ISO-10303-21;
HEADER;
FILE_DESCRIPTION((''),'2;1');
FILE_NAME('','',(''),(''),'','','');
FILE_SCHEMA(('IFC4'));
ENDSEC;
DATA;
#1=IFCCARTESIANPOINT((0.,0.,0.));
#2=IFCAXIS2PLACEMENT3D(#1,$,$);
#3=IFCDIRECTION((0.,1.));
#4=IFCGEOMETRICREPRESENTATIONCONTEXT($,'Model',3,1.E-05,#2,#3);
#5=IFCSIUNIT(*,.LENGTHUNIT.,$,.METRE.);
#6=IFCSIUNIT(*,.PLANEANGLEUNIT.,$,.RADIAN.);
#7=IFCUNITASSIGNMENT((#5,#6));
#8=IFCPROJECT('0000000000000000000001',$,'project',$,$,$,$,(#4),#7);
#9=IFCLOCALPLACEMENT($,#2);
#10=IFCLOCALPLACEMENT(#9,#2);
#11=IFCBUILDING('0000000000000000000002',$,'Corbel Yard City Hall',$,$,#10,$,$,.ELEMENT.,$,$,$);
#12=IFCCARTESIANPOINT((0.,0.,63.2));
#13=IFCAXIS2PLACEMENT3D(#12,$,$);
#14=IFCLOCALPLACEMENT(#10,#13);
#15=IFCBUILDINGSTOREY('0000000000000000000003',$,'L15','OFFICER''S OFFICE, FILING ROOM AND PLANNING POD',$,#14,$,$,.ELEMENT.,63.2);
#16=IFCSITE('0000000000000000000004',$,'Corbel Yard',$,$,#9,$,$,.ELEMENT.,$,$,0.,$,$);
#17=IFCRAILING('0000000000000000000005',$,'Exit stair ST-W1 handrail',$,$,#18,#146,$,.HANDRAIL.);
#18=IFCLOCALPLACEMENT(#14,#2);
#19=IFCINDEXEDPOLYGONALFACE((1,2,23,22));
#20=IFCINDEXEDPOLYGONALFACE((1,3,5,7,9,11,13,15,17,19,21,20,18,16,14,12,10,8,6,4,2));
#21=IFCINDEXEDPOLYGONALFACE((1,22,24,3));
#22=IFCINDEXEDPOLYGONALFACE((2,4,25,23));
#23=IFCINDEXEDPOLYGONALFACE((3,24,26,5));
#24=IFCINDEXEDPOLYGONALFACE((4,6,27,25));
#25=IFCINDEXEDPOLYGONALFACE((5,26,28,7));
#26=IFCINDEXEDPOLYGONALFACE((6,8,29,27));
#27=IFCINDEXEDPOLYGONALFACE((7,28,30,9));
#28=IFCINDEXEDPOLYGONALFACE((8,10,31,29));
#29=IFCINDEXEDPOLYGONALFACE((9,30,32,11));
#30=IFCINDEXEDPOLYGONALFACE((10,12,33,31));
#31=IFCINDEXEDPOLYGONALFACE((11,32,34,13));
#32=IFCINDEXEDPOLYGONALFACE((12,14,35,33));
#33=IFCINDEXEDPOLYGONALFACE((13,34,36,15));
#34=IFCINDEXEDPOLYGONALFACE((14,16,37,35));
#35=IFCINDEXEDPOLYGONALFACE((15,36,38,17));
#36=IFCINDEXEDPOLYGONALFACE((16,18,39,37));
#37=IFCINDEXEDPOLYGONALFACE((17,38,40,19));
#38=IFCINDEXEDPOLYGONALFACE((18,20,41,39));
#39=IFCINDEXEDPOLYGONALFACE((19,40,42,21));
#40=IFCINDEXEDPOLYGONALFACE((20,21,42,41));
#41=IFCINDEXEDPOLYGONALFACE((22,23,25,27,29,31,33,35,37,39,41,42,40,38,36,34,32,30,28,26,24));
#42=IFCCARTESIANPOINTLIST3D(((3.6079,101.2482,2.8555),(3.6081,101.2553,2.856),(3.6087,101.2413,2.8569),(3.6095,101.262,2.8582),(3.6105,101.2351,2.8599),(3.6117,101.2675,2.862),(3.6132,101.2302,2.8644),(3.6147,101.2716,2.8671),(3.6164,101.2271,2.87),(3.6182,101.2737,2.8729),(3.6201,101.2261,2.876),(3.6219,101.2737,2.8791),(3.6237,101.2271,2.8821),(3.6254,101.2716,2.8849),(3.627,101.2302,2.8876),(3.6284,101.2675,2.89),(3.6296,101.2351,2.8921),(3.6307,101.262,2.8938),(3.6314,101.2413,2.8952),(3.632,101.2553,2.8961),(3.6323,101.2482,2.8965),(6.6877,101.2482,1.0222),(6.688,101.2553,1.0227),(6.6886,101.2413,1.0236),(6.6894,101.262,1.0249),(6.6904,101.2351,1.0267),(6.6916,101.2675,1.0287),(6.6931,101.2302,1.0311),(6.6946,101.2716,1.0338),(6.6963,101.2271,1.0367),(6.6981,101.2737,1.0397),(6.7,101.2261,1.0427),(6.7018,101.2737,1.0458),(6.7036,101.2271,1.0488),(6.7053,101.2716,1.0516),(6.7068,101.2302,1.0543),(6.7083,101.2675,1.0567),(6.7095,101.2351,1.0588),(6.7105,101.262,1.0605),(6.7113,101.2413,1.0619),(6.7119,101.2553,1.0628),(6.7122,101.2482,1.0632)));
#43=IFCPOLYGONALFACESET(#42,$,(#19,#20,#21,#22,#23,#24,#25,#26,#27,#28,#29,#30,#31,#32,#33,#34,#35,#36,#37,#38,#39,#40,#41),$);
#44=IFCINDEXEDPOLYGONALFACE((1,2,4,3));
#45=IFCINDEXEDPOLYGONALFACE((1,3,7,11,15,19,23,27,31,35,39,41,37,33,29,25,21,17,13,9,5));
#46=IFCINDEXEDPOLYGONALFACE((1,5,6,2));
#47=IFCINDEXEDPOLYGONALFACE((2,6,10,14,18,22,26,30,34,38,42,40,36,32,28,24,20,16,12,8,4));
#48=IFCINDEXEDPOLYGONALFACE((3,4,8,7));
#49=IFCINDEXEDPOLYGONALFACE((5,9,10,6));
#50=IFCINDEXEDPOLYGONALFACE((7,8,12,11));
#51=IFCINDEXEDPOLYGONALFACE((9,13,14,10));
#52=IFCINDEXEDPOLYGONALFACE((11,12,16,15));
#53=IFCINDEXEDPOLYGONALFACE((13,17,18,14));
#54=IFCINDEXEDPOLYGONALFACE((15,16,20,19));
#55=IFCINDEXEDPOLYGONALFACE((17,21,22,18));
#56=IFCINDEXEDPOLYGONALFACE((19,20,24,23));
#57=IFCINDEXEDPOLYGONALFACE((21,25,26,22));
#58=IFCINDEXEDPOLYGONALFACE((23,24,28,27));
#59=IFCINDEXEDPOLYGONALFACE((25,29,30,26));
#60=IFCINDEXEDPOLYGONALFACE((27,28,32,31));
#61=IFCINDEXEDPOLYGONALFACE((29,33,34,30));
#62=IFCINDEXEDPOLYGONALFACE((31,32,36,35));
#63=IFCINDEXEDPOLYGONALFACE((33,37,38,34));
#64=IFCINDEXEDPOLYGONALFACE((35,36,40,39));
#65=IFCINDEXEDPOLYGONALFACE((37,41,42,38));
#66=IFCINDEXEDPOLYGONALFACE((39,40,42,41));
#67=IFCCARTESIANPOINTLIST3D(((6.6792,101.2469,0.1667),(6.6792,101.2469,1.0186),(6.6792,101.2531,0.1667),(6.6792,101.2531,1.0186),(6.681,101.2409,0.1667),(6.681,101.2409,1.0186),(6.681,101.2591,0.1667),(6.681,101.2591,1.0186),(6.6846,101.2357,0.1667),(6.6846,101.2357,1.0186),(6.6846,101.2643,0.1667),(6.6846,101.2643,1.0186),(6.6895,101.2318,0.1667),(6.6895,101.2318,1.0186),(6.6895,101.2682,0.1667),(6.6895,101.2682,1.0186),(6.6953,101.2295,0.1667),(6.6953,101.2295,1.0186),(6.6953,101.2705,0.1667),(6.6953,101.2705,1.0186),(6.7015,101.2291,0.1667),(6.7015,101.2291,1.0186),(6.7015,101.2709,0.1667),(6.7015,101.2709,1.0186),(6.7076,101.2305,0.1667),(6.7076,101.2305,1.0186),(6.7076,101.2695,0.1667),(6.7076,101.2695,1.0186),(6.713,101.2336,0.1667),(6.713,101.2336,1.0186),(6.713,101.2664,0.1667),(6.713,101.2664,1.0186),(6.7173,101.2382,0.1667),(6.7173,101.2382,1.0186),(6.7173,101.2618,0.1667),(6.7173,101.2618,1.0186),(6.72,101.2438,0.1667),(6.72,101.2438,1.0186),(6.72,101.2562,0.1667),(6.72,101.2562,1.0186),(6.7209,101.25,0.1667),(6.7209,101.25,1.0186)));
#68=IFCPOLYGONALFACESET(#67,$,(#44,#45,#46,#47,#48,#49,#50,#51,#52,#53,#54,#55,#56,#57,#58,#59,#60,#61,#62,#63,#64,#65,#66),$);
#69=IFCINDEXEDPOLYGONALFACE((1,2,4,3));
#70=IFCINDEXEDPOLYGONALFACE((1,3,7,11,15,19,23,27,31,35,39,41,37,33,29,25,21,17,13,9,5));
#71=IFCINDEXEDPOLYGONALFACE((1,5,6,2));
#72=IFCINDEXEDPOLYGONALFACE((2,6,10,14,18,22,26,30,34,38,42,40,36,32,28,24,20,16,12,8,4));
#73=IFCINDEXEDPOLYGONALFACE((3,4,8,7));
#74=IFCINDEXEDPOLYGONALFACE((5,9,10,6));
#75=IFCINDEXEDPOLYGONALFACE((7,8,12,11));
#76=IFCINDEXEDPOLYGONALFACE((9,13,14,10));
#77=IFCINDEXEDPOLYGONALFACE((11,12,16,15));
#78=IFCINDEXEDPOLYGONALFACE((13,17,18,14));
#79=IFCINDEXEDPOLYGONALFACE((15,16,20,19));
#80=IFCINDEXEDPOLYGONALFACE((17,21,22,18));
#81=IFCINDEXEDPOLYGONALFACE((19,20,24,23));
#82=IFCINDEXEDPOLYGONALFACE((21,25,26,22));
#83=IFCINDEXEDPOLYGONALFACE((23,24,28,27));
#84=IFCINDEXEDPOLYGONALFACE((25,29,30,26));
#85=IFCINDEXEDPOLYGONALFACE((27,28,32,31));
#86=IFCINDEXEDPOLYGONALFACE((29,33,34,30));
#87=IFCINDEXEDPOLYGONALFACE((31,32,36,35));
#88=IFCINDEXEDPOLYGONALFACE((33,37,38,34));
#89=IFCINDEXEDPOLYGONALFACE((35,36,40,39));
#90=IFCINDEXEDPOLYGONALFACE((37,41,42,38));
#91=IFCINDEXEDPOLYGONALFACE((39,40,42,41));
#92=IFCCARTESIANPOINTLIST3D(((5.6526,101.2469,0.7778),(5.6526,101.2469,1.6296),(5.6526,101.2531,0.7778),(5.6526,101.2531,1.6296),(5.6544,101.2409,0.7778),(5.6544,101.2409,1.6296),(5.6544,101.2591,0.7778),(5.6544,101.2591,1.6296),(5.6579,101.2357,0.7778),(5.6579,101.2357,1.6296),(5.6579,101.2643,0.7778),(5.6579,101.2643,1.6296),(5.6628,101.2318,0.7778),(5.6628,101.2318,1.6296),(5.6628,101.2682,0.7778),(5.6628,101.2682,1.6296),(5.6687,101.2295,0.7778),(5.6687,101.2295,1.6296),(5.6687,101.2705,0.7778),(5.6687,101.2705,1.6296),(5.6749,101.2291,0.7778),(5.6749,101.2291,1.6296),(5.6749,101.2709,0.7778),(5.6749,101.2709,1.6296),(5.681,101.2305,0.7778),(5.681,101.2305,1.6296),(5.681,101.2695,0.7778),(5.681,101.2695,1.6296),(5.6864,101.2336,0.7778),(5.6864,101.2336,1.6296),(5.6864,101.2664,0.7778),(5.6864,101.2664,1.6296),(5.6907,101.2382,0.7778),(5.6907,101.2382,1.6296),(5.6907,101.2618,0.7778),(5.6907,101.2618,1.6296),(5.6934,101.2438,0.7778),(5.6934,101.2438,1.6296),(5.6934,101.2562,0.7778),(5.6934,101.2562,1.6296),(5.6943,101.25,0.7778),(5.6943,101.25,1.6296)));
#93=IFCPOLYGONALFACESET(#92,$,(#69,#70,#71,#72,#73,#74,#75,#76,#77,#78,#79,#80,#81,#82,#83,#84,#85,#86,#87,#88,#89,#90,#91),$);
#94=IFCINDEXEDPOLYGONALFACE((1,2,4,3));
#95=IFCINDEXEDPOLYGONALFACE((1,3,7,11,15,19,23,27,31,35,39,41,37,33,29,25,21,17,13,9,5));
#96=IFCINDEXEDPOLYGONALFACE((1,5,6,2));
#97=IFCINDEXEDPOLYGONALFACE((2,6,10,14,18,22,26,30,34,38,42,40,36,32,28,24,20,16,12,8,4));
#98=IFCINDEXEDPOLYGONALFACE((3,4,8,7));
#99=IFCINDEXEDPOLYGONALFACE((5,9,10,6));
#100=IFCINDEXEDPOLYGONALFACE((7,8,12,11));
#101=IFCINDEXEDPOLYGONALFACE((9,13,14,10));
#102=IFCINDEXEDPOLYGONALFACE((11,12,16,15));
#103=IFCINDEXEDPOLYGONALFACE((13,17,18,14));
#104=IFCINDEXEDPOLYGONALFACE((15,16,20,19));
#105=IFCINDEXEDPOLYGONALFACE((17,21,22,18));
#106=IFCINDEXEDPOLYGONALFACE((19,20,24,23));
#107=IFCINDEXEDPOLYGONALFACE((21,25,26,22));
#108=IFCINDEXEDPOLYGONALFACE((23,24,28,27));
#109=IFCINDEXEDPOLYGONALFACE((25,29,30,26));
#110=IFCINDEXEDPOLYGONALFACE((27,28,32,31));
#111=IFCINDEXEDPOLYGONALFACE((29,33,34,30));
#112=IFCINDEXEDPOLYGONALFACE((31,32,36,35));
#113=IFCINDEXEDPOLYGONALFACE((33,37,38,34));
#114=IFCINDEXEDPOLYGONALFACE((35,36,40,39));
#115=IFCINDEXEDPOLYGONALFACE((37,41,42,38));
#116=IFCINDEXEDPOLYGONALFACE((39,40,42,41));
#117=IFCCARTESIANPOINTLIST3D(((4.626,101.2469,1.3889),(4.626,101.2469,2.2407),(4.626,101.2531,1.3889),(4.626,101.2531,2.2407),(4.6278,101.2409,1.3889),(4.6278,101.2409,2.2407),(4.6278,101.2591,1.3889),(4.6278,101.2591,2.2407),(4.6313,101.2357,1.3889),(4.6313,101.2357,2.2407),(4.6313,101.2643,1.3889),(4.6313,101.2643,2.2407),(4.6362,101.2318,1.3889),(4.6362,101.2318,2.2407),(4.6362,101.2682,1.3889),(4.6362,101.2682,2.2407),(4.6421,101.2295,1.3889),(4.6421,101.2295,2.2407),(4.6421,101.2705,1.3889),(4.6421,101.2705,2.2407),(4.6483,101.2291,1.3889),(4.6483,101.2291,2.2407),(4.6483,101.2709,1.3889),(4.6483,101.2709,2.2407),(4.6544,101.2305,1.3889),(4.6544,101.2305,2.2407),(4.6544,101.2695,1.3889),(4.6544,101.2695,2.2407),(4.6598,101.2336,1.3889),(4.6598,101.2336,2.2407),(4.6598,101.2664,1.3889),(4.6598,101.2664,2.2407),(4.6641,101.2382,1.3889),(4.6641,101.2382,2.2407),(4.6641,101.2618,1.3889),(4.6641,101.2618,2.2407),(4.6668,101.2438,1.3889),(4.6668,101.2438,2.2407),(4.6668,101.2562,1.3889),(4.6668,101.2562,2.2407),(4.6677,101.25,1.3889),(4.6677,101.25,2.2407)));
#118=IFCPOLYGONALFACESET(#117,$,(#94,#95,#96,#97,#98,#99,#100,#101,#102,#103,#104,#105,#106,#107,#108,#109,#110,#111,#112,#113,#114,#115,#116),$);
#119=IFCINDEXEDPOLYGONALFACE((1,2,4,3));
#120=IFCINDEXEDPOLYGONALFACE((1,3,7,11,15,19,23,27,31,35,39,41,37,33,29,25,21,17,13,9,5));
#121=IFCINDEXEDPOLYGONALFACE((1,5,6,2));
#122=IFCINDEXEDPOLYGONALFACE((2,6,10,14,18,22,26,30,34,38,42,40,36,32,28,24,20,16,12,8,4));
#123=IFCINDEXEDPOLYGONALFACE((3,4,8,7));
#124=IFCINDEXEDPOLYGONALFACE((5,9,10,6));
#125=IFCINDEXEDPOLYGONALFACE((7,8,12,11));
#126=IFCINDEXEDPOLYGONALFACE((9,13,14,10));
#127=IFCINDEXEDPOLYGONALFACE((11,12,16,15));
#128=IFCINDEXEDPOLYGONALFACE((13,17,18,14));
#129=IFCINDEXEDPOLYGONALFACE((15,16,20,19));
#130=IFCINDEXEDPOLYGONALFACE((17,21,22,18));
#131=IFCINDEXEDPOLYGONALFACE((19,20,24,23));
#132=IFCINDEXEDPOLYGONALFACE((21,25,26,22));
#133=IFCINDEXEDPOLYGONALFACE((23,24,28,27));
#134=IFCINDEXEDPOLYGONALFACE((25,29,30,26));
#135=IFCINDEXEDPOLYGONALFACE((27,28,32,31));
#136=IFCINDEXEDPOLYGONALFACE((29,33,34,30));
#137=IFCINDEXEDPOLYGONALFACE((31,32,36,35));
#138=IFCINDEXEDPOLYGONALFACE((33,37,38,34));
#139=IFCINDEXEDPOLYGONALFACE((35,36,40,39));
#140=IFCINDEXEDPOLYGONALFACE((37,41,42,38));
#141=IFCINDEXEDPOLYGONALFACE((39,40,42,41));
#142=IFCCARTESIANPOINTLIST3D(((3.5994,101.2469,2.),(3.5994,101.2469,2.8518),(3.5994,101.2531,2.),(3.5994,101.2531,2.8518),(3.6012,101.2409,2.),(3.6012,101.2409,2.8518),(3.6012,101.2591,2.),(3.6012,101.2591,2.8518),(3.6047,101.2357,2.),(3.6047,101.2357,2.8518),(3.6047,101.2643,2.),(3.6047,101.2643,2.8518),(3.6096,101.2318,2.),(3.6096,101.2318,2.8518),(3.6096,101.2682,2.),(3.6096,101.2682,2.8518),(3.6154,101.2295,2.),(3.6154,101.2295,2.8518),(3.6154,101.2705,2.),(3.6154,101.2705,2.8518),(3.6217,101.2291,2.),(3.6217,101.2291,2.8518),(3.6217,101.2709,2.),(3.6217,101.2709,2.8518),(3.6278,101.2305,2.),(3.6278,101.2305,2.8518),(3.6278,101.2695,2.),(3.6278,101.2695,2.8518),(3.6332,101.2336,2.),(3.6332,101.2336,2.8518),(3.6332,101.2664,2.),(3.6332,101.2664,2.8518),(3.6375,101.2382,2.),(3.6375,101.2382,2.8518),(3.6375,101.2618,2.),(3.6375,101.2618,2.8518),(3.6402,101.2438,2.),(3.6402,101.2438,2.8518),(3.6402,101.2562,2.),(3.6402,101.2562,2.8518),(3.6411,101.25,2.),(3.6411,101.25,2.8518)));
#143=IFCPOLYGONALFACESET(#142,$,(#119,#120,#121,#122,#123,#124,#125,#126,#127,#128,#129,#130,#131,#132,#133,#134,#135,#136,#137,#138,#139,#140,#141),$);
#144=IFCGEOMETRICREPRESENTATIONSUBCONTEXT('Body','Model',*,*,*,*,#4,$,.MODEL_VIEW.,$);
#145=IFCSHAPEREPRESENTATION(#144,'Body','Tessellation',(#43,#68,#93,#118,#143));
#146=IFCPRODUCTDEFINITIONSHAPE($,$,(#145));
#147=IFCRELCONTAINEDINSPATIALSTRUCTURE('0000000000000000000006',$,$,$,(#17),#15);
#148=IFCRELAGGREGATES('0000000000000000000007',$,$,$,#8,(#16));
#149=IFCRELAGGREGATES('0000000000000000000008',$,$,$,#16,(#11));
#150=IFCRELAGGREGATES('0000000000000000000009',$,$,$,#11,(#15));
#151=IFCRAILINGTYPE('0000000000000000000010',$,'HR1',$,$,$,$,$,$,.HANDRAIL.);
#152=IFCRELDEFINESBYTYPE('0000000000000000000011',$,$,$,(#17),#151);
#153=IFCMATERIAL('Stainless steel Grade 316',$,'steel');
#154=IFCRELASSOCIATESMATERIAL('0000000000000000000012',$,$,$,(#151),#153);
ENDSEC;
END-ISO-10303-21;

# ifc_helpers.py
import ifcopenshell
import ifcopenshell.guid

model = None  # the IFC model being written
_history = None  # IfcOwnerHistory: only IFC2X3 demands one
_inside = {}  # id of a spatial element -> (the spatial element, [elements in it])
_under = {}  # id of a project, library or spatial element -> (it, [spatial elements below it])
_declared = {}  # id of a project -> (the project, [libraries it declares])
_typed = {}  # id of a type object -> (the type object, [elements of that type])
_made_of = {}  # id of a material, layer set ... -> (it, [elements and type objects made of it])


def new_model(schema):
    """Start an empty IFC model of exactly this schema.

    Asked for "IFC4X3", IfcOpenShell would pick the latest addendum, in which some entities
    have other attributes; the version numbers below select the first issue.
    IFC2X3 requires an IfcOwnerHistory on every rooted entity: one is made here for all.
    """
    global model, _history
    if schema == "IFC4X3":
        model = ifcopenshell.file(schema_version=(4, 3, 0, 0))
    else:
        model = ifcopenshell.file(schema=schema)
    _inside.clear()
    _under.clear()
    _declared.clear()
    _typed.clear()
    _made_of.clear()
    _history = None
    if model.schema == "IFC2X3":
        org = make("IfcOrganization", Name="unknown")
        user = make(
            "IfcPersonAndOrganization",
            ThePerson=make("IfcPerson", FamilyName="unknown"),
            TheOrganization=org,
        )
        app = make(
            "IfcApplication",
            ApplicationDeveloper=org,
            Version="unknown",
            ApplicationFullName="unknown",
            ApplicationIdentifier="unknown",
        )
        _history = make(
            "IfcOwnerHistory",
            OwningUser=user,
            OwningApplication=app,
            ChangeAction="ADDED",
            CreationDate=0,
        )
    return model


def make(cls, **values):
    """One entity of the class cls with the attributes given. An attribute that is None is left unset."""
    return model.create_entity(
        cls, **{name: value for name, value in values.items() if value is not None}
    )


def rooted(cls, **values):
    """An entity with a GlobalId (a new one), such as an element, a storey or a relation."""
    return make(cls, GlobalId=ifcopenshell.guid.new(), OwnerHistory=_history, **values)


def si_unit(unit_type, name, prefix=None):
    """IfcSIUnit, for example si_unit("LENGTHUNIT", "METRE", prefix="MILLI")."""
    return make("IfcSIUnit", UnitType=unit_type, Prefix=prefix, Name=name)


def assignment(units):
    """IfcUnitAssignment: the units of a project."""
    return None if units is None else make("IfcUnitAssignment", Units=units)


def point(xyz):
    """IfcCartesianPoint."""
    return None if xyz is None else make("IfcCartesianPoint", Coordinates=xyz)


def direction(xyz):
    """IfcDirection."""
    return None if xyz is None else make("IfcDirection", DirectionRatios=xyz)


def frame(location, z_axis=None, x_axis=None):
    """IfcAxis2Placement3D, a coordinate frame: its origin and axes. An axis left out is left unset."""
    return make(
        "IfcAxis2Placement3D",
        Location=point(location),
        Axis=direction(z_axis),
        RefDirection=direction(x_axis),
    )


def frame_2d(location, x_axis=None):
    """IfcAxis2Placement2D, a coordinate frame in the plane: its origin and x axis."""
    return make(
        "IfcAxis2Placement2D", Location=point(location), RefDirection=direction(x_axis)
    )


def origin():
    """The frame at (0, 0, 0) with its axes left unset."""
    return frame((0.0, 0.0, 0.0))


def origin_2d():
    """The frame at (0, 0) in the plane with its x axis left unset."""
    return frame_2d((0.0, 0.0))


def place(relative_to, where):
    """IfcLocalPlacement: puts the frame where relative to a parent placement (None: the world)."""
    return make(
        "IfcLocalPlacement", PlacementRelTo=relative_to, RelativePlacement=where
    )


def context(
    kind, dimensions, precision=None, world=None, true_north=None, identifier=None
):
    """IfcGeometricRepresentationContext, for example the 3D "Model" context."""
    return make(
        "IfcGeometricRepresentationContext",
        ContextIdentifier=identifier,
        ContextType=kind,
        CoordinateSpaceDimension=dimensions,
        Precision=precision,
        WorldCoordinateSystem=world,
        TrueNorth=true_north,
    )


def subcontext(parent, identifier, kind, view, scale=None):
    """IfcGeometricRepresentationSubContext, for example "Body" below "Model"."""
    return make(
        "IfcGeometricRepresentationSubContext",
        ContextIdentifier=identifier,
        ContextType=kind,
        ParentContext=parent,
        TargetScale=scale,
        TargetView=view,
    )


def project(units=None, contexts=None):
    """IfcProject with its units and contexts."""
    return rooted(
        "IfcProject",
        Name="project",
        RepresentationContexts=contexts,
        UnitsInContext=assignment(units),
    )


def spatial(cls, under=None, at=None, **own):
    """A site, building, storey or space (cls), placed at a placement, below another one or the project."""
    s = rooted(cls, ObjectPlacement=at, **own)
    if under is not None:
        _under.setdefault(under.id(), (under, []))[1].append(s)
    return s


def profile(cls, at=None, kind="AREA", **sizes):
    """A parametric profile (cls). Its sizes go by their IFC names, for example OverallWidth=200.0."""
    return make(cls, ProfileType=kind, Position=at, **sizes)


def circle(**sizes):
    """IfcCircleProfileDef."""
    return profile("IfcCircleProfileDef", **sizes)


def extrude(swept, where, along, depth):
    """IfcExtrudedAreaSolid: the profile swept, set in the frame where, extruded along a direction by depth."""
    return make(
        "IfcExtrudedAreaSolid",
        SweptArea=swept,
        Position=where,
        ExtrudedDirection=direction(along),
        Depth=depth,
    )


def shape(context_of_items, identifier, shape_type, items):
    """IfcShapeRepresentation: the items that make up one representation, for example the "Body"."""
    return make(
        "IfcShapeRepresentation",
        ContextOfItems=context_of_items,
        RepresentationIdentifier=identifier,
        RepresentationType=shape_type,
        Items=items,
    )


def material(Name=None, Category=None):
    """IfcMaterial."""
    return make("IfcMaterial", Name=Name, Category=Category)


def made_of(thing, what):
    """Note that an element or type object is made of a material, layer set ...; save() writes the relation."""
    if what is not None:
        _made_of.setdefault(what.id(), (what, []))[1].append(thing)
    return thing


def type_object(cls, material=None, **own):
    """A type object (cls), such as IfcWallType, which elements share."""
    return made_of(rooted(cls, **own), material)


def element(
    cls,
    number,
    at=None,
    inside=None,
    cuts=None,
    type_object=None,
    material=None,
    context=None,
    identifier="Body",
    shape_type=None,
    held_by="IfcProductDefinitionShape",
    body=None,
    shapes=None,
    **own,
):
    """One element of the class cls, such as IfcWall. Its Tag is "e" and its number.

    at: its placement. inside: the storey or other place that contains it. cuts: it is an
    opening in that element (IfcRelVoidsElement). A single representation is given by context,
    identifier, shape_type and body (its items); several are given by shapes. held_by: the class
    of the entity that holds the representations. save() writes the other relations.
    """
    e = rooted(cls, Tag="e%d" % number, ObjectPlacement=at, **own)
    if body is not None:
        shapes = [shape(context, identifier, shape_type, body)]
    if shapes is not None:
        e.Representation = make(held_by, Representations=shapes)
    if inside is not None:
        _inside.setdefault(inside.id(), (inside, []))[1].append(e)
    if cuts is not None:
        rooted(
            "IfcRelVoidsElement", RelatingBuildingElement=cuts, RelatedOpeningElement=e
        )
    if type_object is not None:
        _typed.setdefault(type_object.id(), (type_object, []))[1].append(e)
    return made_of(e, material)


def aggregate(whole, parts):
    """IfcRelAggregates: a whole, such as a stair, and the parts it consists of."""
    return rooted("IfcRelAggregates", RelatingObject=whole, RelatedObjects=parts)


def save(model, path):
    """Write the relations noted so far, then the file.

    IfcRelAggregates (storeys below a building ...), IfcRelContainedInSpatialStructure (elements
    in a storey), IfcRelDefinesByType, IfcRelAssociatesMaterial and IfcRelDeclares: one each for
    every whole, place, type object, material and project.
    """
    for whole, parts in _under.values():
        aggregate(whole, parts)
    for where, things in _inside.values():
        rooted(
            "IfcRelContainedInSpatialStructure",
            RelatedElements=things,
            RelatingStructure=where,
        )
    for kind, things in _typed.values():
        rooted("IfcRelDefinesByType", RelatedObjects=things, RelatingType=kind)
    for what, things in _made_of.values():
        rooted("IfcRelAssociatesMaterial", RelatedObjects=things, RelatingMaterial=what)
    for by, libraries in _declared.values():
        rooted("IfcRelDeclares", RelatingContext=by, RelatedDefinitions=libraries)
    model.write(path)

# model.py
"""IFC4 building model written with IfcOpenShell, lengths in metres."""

from ifc_helpers import new_model, si_unit, direction, frame, origin, origin_2d, place, context, subcontext, project, spatial, circle, extrude, material, type_object, element, save


model = new_model("IFC4")

# Units and contexts
model_context = context("Model", 3, precision=1e-05, world=origin(), true_north=direction((0.0, 1.0)))
body_context = subcontext(model_context, "Body", "Model", "MODEL_VIEW")
ifc_project = project(units=[si_unit("LENGTHUNIT", "METRE"), si_unit("PLANEANGLEUNIT", "RADIAN")], contexts=[model_context])

# Site, building, storey
site_placement = place(None, origin())
site = spatial("IfcSite", under=ifc_project, at=site_placement, Name="Corbel Yard", CompositionType="ELEMENT", RefElevation=0.0)
building_placement = place(site_placement, origin())
building = spatial("IfcBuilding", under=site, at=building_placement, Name="Corbel Yard City Hall", CompositionType="ELEMENT")
storey_placement = place(building_placement, frame((0.0, 0.0, 63.2)))
storey = spatial("IfcBuildingStorey", under=building, at=storey_placement, Name="L15", Description="OFFICER'S OFFICE, FILING ROOM AND PLANNING POD", CompositionType="ELEMENT", Elevation=63.2)

# Railing
ifc_material_1 = material(Name="Stainless steel Grade 316", Category="steel")
railing_type = type_object("IfcRailingType", Name="HR1", PredefinedType="HANDRAIL", material=ifc_material_1)
for number, where, name in (
    (1, (6.7, 101.25, 0.1667), "Exit stair ST-W1 handrail"),
):
    element("IfcRailing", number, at=place(storey_placement, frame(where)), inside=storey, type_object=railing_type, Name=name, PredefinedType="HANDRAIL", context=body_context, shape_type="SweptSolid", body=[
        extrude(circle(Radius=0.0239, at=origin_2d()), frame((0.0, 0.0, 0.876), z_axis=(-0.859291, 0.0, 0.511487), x_axis=(0.0, -1.0, 0.0)), (0.0, 0.0, 1.0), 3.5842),
        extrude(circle(Radius=0.021, at=origin_2d()), origin(), (0.0, 0.0, 1.0), 0.8518),
        extrude(circle(Radius=0.021, at=origin_2d()), frame((-1.0266, 0.0, 0.6111)), (0.0, 0.0, 1.0), 0.8518),
        extrude(circle(Radius=0.021, at=origin_2d()), frame((-2.0532, 0.0, 1.2222)), (0.0, 0.0, 1.0), 0.8518),
        extrude(circle(Radius=0.021, at=origin_2d()), frame((-3.0798, 0.0, 1.8333)), (0.0, 0.0, 1.0), 0.8518),
    ])

save(model, "model.ifc")
